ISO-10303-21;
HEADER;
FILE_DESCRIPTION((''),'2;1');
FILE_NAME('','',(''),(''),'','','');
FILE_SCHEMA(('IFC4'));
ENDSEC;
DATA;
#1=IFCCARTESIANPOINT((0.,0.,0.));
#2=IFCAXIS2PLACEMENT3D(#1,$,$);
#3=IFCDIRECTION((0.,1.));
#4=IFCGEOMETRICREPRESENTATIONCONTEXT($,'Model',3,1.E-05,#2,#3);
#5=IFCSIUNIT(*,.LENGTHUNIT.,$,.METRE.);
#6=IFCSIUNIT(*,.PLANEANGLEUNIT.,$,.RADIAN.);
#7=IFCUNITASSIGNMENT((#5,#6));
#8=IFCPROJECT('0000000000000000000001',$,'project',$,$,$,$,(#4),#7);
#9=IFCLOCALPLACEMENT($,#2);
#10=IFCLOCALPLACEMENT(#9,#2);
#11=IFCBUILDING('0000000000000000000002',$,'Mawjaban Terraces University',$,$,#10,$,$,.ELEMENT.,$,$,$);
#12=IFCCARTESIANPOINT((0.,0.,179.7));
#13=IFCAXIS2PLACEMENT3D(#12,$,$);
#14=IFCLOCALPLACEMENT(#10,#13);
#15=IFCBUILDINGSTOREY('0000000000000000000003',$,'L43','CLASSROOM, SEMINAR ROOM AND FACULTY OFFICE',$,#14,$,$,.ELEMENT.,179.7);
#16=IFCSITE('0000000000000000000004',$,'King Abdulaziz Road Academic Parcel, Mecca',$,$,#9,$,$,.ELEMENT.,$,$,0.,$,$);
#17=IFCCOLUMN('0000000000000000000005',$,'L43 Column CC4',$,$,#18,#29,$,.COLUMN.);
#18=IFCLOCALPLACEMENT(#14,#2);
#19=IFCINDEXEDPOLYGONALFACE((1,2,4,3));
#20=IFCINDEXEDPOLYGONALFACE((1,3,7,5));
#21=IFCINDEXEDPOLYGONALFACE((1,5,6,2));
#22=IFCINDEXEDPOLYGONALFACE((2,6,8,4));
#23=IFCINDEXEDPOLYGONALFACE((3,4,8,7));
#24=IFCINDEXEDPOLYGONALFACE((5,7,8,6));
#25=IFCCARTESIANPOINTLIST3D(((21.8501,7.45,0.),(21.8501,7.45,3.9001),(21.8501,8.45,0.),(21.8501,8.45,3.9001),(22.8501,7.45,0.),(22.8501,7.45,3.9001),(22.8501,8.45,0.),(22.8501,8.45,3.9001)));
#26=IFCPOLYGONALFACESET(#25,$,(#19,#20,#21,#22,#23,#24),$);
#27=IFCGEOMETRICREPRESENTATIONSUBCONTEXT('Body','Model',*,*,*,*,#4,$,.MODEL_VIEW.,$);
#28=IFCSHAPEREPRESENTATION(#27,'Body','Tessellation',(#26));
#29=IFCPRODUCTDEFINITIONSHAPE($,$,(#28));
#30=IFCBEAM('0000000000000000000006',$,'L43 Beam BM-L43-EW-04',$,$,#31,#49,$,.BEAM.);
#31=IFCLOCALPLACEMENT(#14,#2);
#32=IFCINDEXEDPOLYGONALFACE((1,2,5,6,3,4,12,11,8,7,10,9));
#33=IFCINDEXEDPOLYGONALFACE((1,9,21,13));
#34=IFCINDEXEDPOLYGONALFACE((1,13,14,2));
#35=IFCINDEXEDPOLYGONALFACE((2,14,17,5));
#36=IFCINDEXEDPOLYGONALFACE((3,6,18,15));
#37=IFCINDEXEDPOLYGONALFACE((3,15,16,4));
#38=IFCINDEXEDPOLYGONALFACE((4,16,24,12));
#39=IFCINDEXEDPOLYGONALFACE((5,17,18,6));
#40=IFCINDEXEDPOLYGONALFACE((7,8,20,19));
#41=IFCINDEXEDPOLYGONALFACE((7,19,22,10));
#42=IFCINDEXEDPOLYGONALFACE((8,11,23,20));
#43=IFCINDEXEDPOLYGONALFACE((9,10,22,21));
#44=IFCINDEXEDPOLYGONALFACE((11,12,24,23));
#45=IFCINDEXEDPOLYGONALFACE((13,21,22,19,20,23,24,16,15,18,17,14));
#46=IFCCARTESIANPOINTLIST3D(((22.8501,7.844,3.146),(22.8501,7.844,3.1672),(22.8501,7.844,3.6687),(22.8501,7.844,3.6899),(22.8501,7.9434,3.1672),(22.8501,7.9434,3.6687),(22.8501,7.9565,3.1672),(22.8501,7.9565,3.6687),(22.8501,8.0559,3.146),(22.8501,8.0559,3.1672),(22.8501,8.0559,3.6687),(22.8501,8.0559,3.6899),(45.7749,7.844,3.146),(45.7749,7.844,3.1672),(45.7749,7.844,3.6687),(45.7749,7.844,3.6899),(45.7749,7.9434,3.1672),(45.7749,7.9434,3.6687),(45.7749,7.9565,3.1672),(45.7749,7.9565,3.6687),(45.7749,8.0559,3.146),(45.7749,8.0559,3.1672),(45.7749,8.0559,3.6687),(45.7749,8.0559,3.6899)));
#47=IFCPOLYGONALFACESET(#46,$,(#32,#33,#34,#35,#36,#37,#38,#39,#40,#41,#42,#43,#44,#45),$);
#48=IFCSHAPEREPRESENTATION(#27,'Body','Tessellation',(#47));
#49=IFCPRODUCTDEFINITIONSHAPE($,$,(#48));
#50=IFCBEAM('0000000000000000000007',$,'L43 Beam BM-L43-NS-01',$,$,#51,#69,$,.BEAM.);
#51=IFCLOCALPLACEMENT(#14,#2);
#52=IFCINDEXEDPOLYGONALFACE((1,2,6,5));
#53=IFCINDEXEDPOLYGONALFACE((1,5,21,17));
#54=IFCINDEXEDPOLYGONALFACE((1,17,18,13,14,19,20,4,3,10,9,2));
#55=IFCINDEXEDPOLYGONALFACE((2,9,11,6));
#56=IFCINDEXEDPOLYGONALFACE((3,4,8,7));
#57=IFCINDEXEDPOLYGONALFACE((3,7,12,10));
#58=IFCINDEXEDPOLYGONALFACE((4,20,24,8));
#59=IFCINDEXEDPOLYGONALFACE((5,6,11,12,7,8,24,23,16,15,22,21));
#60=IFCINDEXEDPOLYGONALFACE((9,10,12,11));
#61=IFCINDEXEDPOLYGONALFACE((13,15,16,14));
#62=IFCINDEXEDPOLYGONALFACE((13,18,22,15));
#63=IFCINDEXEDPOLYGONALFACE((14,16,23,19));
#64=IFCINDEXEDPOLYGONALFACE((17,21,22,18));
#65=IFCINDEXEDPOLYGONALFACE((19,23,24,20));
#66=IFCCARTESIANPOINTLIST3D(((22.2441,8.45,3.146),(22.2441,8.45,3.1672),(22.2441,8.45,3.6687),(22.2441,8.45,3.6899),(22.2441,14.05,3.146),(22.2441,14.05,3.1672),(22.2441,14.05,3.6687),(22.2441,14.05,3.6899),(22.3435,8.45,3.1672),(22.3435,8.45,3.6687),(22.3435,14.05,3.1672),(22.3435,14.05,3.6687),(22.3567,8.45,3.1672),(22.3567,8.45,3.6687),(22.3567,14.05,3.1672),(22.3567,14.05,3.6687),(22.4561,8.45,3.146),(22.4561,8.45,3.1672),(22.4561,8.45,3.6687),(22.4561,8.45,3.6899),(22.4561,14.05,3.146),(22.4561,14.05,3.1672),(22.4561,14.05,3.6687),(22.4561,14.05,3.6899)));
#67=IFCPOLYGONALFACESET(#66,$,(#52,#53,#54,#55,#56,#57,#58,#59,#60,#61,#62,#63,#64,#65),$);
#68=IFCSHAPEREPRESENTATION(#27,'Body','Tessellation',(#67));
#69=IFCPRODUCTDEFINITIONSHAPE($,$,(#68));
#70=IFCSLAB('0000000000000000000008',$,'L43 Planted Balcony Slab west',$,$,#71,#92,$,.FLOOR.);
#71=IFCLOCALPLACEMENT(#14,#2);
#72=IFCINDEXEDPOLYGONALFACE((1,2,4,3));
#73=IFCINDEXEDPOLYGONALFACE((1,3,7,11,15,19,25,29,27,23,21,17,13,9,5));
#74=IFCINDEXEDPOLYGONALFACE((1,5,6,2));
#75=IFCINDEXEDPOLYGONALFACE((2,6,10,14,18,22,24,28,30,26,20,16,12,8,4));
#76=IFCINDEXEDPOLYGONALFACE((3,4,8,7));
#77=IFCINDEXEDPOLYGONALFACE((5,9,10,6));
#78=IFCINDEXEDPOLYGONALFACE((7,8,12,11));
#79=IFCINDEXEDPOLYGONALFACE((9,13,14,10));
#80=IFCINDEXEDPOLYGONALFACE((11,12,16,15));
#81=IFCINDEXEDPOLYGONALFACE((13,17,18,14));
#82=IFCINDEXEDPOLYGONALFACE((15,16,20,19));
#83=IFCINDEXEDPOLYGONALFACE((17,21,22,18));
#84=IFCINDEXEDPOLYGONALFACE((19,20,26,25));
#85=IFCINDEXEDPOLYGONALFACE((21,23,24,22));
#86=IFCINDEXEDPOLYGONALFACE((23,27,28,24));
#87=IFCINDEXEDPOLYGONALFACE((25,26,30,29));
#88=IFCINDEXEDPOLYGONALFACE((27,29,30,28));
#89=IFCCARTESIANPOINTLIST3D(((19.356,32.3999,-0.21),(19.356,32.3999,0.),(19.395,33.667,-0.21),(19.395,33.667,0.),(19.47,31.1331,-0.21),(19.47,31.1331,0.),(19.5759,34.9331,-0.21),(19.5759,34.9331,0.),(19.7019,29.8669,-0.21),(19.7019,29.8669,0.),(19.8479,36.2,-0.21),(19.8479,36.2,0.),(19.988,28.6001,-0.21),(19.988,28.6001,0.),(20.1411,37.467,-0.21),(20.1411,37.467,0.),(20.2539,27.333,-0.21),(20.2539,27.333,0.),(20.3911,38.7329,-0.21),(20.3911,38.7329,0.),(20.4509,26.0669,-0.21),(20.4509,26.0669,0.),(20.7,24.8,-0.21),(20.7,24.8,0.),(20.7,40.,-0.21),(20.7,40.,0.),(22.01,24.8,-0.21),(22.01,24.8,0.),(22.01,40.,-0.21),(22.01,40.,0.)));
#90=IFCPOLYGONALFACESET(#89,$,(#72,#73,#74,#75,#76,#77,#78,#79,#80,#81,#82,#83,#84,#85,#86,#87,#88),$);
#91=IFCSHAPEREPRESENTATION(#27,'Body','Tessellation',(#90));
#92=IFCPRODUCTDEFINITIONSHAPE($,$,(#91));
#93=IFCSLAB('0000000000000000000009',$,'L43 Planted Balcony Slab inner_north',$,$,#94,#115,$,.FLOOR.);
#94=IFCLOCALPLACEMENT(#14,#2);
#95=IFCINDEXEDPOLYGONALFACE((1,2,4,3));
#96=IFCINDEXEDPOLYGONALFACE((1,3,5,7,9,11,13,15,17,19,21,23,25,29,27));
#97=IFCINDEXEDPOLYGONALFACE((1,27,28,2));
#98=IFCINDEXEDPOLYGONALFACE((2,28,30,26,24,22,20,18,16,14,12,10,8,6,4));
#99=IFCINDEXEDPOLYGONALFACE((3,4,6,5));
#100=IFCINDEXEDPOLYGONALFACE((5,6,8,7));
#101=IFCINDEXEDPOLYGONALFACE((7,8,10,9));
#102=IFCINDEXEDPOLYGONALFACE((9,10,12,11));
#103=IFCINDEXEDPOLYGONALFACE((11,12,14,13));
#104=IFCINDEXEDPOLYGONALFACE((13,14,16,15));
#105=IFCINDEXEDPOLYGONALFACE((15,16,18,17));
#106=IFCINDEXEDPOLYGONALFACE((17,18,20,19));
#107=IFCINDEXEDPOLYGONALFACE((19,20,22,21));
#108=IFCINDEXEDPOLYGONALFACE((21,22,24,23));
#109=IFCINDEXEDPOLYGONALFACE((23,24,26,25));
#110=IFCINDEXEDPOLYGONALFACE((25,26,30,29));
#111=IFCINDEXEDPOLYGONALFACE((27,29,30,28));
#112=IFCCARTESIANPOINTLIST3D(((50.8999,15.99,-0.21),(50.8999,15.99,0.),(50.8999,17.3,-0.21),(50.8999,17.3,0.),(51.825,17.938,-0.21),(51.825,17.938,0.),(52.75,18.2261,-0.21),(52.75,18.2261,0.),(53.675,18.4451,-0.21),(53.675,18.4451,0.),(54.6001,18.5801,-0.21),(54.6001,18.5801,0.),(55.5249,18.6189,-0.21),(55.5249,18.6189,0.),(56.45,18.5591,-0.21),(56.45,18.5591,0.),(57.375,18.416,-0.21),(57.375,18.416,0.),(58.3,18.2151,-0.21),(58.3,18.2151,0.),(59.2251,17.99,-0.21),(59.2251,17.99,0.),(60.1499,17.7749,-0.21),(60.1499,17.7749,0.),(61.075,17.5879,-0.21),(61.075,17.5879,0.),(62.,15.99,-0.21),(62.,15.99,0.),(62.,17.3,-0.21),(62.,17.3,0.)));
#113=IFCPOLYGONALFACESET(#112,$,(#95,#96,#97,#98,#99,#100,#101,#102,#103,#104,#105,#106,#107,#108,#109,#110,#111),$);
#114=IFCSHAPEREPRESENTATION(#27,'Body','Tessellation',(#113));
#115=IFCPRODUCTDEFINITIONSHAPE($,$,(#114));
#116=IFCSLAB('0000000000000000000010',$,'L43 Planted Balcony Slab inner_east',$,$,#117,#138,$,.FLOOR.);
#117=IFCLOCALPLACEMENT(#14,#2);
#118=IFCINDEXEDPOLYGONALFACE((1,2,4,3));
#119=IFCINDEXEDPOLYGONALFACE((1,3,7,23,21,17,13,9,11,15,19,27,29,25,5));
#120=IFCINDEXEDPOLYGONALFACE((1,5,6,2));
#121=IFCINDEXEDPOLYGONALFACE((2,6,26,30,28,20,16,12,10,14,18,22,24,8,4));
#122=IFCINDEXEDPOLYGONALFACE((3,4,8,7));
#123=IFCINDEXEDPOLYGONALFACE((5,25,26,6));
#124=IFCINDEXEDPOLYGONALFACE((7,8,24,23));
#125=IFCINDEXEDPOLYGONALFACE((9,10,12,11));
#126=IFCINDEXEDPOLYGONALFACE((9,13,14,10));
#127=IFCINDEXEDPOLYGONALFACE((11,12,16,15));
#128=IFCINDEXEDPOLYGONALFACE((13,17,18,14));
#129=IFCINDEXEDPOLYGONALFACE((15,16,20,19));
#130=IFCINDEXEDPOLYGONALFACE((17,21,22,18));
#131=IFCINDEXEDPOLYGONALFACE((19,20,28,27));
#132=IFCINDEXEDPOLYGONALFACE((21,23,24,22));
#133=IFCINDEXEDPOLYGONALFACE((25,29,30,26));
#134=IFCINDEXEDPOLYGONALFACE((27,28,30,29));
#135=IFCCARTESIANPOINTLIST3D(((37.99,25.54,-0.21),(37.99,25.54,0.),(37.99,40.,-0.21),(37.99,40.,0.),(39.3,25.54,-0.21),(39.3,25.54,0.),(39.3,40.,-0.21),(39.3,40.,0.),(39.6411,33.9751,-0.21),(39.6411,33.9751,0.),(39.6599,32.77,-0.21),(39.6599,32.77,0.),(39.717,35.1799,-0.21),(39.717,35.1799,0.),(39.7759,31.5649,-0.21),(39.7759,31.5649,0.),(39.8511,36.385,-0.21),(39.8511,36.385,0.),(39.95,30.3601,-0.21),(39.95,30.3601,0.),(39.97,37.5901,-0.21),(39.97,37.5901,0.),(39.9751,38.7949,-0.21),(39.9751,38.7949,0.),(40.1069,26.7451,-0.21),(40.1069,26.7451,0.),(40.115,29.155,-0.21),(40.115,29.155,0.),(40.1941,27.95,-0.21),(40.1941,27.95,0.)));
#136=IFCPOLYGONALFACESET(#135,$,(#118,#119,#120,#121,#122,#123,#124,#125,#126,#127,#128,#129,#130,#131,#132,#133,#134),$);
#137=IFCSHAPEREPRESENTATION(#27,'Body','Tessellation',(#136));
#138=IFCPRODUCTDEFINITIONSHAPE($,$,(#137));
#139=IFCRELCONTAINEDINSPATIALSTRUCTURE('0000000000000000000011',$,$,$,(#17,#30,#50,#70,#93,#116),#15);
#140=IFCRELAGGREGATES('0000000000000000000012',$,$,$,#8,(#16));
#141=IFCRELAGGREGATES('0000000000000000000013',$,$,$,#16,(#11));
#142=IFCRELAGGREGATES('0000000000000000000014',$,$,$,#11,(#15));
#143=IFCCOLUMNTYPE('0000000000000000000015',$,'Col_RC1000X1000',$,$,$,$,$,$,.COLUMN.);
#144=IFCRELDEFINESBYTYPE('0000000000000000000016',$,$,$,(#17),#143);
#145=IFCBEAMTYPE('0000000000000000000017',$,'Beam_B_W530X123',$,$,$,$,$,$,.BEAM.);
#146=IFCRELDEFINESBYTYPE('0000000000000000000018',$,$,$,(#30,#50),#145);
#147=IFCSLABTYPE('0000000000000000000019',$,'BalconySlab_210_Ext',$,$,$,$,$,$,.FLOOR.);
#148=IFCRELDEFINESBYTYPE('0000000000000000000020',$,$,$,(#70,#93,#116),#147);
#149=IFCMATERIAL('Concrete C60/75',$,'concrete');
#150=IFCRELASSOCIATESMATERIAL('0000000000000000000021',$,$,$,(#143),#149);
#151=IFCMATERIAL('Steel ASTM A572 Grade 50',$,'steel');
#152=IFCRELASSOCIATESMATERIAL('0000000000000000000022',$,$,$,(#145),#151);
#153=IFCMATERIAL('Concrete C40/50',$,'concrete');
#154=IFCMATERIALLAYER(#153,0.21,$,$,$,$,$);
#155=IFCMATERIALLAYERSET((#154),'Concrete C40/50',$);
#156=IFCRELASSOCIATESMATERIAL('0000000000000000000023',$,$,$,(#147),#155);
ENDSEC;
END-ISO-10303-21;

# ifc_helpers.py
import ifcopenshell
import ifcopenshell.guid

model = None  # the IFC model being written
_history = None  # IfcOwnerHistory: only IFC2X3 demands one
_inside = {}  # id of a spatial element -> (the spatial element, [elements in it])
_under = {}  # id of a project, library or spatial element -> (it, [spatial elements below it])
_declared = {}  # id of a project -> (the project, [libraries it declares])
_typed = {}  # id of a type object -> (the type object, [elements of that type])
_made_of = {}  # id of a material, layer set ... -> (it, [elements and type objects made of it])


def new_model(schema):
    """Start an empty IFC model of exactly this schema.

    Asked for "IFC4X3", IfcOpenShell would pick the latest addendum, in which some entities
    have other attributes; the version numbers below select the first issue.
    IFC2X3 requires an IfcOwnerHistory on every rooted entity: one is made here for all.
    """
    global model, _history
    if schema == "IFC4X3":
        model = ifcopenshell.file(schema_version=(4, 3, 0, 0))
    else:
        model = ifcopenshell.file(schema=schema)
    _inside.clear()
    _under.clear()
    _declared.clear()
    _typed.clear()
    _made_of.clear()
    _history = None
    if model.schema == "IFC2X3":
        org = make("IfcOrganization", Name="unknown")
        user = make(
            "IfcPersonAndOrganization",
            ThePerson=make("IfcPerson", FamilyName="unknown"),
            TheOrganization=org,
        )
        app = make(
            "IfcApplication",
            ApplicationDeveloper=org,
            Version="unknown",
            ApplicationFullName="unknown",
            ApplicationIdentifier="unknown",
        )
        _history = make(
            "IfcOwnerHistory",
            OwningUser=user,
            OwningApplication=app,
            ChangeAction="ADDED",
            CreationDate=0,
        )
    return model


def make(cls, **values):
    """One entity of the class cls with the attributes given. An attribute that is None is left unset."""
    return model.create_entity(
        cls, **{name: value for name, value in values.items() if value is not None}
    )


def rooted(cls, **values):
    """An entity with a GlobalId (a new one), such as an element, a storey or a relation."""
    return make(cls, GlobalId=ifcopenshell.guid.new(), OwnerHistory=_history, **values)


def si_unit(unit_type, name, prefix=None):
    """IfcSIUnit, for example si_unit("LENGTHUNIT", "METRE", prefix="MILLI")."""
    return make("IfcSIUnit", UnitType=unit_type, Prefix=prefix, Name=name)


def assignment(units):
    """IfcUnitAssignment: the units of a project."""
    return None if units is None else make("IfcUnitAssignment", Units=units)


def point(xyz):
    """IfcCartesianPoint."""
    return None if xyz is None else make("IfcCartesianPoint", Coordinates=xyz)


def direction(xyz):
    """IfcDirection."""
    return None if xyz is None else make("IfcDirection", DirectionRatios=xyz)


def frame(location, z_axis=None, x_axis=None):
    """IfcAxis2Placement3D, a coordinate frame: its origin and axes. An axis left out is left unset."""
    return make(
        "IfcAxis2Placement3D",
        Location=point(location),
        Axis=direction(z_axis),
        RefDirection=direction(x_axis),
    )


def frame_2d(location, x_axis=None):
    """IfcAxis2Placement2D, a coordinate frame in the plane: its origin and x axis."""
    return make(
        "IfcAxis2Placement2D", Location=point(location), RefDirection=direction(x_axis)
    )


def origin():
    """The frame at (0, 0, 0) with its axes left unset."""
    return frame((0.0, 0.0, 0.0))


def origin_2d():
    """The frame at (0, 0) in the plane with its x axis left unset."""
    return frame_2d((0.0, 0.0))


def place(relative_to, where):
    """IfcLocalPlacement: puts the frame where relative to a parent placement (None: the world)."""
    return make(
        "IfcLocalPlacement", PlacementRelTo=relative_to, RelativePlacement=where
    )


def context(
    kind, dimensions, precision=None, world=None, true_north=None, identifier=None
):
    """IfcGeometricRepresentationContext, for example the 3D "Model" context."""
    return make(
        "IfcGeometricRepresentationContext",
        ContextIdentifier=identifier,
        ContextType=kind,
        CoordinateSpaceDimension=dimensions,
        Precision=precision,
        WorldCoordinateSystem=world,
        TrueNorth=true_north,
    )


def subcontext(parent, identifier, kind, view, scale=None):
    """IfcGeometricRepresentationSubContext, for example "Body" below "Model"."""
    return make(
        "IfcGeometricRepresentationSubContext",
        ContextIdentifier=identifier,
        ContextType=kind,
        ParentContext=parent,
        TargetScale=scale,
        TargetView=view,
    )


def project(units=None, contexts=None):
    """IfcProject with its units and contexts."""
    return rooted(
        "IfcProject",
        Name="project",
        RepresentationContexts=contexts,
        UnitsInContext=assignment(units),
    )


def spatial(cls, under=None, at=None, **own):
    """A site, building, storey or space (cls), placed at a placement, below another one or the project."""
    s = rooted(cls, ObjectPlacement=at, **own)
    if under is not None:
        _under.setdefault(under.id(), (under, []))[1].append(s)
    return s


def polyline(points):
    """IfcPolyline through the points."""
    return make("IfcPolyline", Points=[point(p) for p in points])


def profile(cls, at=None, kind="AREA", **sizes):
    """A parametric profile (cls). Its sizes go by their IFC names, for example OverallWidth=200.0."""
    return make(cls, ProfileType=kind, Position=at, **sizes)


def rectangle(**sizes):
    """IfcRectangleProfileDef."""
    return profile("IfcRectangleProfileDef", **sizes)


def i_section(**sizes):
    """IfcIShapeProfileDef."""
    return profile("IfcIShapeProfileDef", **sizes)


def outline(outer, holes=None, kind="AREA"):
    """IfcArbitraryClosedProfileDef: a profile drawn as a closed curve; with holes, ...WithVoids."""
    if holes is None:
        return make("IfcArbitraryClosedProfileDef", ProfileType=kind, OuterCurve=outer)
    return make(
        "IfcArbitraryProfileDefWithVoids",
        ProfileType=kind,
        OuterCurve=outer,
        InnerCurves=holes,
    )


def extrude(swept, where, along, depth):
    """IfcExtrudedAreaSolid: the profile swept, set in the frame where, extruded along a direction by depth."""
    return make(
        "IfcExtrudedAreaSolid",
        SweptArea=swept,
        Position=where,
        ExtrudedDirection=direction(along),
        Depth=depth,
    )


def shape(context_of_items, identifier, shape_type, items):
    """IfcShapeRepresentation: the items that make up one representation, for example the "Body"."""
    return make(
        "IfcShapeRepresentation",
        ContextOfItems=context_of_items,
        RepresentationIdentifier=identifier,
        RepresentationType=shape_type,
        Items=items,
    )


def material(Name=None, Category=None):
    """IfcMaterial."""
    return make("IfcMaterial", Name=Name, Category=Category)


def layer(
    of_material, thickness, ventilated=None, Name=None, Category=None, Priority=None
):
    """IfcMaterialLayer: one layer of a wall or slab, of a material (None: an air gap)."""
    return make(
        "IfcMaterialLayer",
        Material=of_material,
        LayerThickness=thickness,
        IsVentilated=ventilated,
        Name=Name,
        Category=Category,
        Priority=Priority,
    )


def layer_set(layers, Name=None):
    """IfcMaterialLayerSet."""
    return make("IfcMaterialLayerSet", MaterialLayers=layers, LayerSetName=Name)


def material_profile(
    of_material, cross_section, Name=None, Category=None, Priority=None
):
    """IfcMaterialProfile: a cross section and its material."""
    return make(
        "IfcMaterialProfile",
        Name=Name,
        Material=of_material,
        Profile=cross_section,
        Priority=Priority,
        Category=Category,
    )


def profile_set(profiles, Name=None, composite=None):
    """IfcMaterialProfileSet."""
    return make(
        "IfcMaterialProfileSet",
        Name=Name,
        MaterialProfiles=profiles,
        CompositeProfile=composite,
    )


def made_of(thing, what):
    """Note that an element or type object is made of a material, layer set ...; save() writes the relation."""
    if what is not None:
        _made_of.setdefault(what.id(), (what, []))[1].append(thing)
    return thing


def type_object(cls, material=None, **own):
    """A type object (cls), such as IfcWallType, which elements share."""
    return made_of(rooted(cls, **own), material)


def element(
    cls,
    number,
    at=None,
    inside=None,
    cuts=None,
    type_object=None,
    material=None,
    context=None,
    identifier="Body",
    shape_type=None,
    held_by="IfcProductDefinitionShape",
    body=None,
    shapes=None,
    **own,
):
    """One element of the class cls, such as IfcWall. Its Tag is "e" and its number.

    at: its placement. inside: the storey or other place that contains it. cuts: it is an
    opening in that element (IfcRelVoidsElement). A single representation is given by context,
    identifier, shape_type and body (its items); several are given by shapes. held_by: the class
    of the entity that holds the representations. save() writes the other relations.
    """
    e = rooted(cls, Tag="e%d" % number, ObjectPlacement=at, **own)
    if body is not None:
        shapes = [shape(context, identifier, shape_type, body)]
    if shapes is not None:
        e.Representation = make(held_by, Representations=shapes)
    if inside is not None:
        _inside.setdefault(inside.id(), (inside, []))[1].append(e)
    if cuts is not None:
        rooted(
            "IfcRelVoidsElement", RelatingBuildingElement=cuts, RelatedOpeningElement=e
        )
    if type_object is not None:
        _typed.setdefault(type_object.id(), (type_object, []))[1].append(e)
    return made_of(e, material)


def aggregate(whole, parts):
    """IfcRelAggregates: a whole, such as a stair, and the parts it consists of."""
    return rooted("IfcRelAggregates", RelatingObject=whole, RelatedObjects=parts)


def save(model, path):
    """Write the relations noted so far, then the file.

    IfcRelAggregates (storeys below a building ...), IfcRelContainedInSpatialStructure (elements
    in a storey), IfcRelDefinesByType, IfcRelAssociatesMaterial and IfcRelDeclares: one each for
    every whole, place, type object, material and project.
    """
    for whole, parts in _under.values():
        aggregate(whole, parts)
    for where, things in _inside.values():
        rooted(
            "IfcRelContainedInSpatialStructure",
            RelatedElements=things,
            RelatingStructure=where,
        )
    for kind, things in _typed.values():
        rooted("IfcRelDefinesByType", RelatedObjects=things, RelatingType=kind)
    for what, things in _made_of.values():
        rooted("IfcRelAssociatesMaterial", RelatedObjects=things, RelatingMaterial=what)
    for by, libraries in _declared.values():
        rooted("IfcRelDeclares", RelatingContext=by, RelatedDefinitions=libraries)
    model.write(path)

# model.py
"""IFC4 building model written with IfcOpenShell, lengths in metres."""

from ifc_helpers import new_model, si_unit, direction, frame, origin, origin_2d, place, context, subcontext, project, spatial, polyline, rectangle, i_section, outline, extrude, material, layer, layer_set, material_profile, profile_set, type_object, element, save


model = new_model("IFC4")

# Units and contexts
model_context = context("Model", 3, precision=1e-05, world=origin(), true_north=direction((0.0, 1.0)))
body_context = subcontext(model_context, "Body", "Model", "MODEL_VIEW")
ifc_project = project(units=[si_unit("LENGTHUNIT", "METRE"), si_unit("PLANEANGLEUNIT", "RADIAN")], contexts=[model_context])

# Site, building, storey
site_placement = place(None, origin())
site = spatial("IfcSite", under=ifc_project, at=site_placement, Name="King Abdulaziz Road Academic Parcel, Mecca", CompositionType="ELEMENT", RefElevation=0.0)
building_placement = place(site_placement, origin())
building = spatial("IfcBuilding", under=site, at=building_placement, Name="Mawjaban Terraces University", CompositionType="ELEMENT")
storey_placement = place(building_placement, frame((0.0, 0.0, 179.7)))
storey = spatial("IfcBuildingStorey", under=building, at=storey_placement, Name="L43", Description="CLASSROOM, SEMINAR ROOM AND FACULTY OFFICE", CompositionType="ELEMENT", Elevation=179.7)

# Column
ifc_material_1 = material(Name="Concrete C60/75", Category="concrete")
ifc_material_profile_1 = material_profile(ifc_material_1, rectangle(XDim=1.0, YDim=1.0, at=origin_2d()), Name="RC1000X1000")
ifc_profile_set_1 = profile_set([ifc_material_profile_1], Name="Concrete C60/75")
column_type = type_object("IfcColumnType", Name="Col_RC1000X1000", PredefinedType="COLUMN", material=ifc_profile_set_1)
column_placement = place(storey_placement, frame((22.3501, 7.95, 0.0), z_axis=(0.0, 0.0, 1.0), x_axis=(1.0, 0.0, 0.0)))
element("IfcColumn", 1, at=column_placement, inside=storey, type_object=column_type, Name="L43 Column CC4", PredefinedType="COLUMN", context=body_context, shape_type="SweptSolid", body=[
    extrude(rectangle(XDim=1.0, YDim=1.0, at=origin_2d()), origin(), (0.0, 0.0, 1.0), 3.9001),
])

# Beams
ifc_material_2 = material(Name="Steel ASTM A572 Grade 50", Category="steel")
ifc_material_profile_2 = material_profile(ifc_material_2, i_section(OverallWidth=0.2119, OverallDepth=0.5439, WebThickness=0.0132, FlangeThickness=0.0212, at=origin_2d()), Name="W530X123")
ifc_profile_set_2 = profile_set([ifc_material_profile_2], Name="Steel ASTM A572 Grade 50")
beam_type = type_object("IfcBeamType", Name="Beam_B_W530X123", PredefinedType="BEAM", material=ifc_profile_set_2)
beam_1_placement = place(storey_placement, frame((22.8501, 7.95, 3.418), z_axis=(1.0, 0.0, 0.0), x_axis=(0.0, 1.0, 0.0)))
element("IfcBeam", 2, at=beam_1_placement, inside=storey, type_object=beam_type, Name="L43 Beam BM-L43-EW-04", PredefinedType="BEAM", context=body_context, shape_type="SweptSolid", body=[
    extrude(i_section(OverallWidth=0.2119, OverallDepth=0.5439, WebThickness=0.0132, FlangeThickness=0.0212, at=origin_2d()), origin(), (0.0, 0.0, 1.0), 22.9248),
])
beam_2_placement = place(storey_placement, frame((22.3501, 8.45, 3.418), z_axis=(0.0, 1.0, 0.0), x_axis=(-1.0, 0.0, 0.0)))
element("IfcBeam", 3, at=beam_2_placement, inside=storey, type_object=beam_type, Name="L43 Beam BM-L43-NS-01", PredefinedType="BEAM", context=body_context, shape_type="SweptSolid", body=[
    extrude(i_section(OverallWidth=0.2119, OverallDepth=0.5439, WebThickness=0.0132, FlangeThickness=0.0212, at=origin_2d()), origin(), (0.0, 0.0, 1.0), 5.6001),
])

# Slabs
ifc_material_3 = material(Name="Concrete C40/50", Category="concrete")
ifc_layer_1 = layer(ifc_material_3, 0.21)
ifc_layer_set_1 = layer_set([ifc_layer_1], Name="Concrete C40/50")
slab_type_1 = type_object("IfcSlabType", Name="BalconySlab_210_Ext", PredefinedType="FLOOR", material=ifc_layer_set_1)
slab_1_placement = place(storey_placement, frame((0.0, 0.0, -0.21)))
element("IfcSlab", 4, at=slab_1_placement, inside=storey, type_object=slab_type_1, Name="L43 Planted Balcony Slab west", PredefinedType="FLOOR", context=body_context, shape_type="SweptSolid", body=[
    extrude(outline(polyline([(22.01, 24.8), (22.01, 40.0), (20.7, 40.0), (20.3911, 38.7329), (20.1411, 37.467), (19.8479, 36.2), (19.5759, 34.9331), (19.395, 33.667), (19.356, 32.3999), (19.47, 31.1331), (19.7019, 29.8669), (19.988, 28.6001), (20.2539, 27.333), (20.4509, 26.0669), (20.7, 24.8), (22.01, 24.8)])), origin(), (0.0, 0.0, 1.0), 0.21),
])
slab_2_placement = place(storey_placement, frame((0.0, 0.0, -0.21)))
element("IfcSlab", 5, at=slab_2_placement, inside=storey, type_object=slab_type_1, Name="L43 Planted Balcony Slab inner_north", PredefinedType="FLOOR", context=body_context, shape_type="SweptSolid", body=[
    extrude(outline(polyline([(50.8999, 15.99), (62.0, 15.99), (62.0, 17.3), (61.075, 17.5879), (60.1499, 17.7749), (59.2251, 17.99), (58.3, 18.2151), (57.375, 18.416), (56.45, 18.5591), (55.5249, 18.6189), (54.6001, 18.5801), (53.675, 18.4451), (52.75, 18.2261), (51.825, 17.938), (50.8999, 17.3), (50.8999, 15.99)])), origin(), (0.0, 0.0, 1.0), 0.21),
])
slab_3_placement = place(storey_placement, frame((0.0, 0.0, -0.21)))
element("IfcSlab", 6, at=slab_3_placement, inside=storey, type_object=slab_type_1, Name="L43 Planted Balcony Slab inner_east", PredefinedType="FLOOR", context=body_context, shape_type="SweptSolid", body=[
    extrude(outline(polyline([(39.3, 25.54), (40.1069, 26.7451), (40.1941, 27.95), (40.115, 29.155), (39.95, 30.3601), (39.7759, 31.5649), (39.6599, 32.77), (39.6411, 33.9751), (39.717, 35.1799), (39.8511, 36.385), (39.97, 37.5901), (39.9751, 38.7949), (39.3, 40.0), (37.99, 40.0), (37.99, 25.54), (39.3, 25.54)])), origin(), (0.0, 0.0, 1.0), 0.21),
])

save(model, "model.ifc")
